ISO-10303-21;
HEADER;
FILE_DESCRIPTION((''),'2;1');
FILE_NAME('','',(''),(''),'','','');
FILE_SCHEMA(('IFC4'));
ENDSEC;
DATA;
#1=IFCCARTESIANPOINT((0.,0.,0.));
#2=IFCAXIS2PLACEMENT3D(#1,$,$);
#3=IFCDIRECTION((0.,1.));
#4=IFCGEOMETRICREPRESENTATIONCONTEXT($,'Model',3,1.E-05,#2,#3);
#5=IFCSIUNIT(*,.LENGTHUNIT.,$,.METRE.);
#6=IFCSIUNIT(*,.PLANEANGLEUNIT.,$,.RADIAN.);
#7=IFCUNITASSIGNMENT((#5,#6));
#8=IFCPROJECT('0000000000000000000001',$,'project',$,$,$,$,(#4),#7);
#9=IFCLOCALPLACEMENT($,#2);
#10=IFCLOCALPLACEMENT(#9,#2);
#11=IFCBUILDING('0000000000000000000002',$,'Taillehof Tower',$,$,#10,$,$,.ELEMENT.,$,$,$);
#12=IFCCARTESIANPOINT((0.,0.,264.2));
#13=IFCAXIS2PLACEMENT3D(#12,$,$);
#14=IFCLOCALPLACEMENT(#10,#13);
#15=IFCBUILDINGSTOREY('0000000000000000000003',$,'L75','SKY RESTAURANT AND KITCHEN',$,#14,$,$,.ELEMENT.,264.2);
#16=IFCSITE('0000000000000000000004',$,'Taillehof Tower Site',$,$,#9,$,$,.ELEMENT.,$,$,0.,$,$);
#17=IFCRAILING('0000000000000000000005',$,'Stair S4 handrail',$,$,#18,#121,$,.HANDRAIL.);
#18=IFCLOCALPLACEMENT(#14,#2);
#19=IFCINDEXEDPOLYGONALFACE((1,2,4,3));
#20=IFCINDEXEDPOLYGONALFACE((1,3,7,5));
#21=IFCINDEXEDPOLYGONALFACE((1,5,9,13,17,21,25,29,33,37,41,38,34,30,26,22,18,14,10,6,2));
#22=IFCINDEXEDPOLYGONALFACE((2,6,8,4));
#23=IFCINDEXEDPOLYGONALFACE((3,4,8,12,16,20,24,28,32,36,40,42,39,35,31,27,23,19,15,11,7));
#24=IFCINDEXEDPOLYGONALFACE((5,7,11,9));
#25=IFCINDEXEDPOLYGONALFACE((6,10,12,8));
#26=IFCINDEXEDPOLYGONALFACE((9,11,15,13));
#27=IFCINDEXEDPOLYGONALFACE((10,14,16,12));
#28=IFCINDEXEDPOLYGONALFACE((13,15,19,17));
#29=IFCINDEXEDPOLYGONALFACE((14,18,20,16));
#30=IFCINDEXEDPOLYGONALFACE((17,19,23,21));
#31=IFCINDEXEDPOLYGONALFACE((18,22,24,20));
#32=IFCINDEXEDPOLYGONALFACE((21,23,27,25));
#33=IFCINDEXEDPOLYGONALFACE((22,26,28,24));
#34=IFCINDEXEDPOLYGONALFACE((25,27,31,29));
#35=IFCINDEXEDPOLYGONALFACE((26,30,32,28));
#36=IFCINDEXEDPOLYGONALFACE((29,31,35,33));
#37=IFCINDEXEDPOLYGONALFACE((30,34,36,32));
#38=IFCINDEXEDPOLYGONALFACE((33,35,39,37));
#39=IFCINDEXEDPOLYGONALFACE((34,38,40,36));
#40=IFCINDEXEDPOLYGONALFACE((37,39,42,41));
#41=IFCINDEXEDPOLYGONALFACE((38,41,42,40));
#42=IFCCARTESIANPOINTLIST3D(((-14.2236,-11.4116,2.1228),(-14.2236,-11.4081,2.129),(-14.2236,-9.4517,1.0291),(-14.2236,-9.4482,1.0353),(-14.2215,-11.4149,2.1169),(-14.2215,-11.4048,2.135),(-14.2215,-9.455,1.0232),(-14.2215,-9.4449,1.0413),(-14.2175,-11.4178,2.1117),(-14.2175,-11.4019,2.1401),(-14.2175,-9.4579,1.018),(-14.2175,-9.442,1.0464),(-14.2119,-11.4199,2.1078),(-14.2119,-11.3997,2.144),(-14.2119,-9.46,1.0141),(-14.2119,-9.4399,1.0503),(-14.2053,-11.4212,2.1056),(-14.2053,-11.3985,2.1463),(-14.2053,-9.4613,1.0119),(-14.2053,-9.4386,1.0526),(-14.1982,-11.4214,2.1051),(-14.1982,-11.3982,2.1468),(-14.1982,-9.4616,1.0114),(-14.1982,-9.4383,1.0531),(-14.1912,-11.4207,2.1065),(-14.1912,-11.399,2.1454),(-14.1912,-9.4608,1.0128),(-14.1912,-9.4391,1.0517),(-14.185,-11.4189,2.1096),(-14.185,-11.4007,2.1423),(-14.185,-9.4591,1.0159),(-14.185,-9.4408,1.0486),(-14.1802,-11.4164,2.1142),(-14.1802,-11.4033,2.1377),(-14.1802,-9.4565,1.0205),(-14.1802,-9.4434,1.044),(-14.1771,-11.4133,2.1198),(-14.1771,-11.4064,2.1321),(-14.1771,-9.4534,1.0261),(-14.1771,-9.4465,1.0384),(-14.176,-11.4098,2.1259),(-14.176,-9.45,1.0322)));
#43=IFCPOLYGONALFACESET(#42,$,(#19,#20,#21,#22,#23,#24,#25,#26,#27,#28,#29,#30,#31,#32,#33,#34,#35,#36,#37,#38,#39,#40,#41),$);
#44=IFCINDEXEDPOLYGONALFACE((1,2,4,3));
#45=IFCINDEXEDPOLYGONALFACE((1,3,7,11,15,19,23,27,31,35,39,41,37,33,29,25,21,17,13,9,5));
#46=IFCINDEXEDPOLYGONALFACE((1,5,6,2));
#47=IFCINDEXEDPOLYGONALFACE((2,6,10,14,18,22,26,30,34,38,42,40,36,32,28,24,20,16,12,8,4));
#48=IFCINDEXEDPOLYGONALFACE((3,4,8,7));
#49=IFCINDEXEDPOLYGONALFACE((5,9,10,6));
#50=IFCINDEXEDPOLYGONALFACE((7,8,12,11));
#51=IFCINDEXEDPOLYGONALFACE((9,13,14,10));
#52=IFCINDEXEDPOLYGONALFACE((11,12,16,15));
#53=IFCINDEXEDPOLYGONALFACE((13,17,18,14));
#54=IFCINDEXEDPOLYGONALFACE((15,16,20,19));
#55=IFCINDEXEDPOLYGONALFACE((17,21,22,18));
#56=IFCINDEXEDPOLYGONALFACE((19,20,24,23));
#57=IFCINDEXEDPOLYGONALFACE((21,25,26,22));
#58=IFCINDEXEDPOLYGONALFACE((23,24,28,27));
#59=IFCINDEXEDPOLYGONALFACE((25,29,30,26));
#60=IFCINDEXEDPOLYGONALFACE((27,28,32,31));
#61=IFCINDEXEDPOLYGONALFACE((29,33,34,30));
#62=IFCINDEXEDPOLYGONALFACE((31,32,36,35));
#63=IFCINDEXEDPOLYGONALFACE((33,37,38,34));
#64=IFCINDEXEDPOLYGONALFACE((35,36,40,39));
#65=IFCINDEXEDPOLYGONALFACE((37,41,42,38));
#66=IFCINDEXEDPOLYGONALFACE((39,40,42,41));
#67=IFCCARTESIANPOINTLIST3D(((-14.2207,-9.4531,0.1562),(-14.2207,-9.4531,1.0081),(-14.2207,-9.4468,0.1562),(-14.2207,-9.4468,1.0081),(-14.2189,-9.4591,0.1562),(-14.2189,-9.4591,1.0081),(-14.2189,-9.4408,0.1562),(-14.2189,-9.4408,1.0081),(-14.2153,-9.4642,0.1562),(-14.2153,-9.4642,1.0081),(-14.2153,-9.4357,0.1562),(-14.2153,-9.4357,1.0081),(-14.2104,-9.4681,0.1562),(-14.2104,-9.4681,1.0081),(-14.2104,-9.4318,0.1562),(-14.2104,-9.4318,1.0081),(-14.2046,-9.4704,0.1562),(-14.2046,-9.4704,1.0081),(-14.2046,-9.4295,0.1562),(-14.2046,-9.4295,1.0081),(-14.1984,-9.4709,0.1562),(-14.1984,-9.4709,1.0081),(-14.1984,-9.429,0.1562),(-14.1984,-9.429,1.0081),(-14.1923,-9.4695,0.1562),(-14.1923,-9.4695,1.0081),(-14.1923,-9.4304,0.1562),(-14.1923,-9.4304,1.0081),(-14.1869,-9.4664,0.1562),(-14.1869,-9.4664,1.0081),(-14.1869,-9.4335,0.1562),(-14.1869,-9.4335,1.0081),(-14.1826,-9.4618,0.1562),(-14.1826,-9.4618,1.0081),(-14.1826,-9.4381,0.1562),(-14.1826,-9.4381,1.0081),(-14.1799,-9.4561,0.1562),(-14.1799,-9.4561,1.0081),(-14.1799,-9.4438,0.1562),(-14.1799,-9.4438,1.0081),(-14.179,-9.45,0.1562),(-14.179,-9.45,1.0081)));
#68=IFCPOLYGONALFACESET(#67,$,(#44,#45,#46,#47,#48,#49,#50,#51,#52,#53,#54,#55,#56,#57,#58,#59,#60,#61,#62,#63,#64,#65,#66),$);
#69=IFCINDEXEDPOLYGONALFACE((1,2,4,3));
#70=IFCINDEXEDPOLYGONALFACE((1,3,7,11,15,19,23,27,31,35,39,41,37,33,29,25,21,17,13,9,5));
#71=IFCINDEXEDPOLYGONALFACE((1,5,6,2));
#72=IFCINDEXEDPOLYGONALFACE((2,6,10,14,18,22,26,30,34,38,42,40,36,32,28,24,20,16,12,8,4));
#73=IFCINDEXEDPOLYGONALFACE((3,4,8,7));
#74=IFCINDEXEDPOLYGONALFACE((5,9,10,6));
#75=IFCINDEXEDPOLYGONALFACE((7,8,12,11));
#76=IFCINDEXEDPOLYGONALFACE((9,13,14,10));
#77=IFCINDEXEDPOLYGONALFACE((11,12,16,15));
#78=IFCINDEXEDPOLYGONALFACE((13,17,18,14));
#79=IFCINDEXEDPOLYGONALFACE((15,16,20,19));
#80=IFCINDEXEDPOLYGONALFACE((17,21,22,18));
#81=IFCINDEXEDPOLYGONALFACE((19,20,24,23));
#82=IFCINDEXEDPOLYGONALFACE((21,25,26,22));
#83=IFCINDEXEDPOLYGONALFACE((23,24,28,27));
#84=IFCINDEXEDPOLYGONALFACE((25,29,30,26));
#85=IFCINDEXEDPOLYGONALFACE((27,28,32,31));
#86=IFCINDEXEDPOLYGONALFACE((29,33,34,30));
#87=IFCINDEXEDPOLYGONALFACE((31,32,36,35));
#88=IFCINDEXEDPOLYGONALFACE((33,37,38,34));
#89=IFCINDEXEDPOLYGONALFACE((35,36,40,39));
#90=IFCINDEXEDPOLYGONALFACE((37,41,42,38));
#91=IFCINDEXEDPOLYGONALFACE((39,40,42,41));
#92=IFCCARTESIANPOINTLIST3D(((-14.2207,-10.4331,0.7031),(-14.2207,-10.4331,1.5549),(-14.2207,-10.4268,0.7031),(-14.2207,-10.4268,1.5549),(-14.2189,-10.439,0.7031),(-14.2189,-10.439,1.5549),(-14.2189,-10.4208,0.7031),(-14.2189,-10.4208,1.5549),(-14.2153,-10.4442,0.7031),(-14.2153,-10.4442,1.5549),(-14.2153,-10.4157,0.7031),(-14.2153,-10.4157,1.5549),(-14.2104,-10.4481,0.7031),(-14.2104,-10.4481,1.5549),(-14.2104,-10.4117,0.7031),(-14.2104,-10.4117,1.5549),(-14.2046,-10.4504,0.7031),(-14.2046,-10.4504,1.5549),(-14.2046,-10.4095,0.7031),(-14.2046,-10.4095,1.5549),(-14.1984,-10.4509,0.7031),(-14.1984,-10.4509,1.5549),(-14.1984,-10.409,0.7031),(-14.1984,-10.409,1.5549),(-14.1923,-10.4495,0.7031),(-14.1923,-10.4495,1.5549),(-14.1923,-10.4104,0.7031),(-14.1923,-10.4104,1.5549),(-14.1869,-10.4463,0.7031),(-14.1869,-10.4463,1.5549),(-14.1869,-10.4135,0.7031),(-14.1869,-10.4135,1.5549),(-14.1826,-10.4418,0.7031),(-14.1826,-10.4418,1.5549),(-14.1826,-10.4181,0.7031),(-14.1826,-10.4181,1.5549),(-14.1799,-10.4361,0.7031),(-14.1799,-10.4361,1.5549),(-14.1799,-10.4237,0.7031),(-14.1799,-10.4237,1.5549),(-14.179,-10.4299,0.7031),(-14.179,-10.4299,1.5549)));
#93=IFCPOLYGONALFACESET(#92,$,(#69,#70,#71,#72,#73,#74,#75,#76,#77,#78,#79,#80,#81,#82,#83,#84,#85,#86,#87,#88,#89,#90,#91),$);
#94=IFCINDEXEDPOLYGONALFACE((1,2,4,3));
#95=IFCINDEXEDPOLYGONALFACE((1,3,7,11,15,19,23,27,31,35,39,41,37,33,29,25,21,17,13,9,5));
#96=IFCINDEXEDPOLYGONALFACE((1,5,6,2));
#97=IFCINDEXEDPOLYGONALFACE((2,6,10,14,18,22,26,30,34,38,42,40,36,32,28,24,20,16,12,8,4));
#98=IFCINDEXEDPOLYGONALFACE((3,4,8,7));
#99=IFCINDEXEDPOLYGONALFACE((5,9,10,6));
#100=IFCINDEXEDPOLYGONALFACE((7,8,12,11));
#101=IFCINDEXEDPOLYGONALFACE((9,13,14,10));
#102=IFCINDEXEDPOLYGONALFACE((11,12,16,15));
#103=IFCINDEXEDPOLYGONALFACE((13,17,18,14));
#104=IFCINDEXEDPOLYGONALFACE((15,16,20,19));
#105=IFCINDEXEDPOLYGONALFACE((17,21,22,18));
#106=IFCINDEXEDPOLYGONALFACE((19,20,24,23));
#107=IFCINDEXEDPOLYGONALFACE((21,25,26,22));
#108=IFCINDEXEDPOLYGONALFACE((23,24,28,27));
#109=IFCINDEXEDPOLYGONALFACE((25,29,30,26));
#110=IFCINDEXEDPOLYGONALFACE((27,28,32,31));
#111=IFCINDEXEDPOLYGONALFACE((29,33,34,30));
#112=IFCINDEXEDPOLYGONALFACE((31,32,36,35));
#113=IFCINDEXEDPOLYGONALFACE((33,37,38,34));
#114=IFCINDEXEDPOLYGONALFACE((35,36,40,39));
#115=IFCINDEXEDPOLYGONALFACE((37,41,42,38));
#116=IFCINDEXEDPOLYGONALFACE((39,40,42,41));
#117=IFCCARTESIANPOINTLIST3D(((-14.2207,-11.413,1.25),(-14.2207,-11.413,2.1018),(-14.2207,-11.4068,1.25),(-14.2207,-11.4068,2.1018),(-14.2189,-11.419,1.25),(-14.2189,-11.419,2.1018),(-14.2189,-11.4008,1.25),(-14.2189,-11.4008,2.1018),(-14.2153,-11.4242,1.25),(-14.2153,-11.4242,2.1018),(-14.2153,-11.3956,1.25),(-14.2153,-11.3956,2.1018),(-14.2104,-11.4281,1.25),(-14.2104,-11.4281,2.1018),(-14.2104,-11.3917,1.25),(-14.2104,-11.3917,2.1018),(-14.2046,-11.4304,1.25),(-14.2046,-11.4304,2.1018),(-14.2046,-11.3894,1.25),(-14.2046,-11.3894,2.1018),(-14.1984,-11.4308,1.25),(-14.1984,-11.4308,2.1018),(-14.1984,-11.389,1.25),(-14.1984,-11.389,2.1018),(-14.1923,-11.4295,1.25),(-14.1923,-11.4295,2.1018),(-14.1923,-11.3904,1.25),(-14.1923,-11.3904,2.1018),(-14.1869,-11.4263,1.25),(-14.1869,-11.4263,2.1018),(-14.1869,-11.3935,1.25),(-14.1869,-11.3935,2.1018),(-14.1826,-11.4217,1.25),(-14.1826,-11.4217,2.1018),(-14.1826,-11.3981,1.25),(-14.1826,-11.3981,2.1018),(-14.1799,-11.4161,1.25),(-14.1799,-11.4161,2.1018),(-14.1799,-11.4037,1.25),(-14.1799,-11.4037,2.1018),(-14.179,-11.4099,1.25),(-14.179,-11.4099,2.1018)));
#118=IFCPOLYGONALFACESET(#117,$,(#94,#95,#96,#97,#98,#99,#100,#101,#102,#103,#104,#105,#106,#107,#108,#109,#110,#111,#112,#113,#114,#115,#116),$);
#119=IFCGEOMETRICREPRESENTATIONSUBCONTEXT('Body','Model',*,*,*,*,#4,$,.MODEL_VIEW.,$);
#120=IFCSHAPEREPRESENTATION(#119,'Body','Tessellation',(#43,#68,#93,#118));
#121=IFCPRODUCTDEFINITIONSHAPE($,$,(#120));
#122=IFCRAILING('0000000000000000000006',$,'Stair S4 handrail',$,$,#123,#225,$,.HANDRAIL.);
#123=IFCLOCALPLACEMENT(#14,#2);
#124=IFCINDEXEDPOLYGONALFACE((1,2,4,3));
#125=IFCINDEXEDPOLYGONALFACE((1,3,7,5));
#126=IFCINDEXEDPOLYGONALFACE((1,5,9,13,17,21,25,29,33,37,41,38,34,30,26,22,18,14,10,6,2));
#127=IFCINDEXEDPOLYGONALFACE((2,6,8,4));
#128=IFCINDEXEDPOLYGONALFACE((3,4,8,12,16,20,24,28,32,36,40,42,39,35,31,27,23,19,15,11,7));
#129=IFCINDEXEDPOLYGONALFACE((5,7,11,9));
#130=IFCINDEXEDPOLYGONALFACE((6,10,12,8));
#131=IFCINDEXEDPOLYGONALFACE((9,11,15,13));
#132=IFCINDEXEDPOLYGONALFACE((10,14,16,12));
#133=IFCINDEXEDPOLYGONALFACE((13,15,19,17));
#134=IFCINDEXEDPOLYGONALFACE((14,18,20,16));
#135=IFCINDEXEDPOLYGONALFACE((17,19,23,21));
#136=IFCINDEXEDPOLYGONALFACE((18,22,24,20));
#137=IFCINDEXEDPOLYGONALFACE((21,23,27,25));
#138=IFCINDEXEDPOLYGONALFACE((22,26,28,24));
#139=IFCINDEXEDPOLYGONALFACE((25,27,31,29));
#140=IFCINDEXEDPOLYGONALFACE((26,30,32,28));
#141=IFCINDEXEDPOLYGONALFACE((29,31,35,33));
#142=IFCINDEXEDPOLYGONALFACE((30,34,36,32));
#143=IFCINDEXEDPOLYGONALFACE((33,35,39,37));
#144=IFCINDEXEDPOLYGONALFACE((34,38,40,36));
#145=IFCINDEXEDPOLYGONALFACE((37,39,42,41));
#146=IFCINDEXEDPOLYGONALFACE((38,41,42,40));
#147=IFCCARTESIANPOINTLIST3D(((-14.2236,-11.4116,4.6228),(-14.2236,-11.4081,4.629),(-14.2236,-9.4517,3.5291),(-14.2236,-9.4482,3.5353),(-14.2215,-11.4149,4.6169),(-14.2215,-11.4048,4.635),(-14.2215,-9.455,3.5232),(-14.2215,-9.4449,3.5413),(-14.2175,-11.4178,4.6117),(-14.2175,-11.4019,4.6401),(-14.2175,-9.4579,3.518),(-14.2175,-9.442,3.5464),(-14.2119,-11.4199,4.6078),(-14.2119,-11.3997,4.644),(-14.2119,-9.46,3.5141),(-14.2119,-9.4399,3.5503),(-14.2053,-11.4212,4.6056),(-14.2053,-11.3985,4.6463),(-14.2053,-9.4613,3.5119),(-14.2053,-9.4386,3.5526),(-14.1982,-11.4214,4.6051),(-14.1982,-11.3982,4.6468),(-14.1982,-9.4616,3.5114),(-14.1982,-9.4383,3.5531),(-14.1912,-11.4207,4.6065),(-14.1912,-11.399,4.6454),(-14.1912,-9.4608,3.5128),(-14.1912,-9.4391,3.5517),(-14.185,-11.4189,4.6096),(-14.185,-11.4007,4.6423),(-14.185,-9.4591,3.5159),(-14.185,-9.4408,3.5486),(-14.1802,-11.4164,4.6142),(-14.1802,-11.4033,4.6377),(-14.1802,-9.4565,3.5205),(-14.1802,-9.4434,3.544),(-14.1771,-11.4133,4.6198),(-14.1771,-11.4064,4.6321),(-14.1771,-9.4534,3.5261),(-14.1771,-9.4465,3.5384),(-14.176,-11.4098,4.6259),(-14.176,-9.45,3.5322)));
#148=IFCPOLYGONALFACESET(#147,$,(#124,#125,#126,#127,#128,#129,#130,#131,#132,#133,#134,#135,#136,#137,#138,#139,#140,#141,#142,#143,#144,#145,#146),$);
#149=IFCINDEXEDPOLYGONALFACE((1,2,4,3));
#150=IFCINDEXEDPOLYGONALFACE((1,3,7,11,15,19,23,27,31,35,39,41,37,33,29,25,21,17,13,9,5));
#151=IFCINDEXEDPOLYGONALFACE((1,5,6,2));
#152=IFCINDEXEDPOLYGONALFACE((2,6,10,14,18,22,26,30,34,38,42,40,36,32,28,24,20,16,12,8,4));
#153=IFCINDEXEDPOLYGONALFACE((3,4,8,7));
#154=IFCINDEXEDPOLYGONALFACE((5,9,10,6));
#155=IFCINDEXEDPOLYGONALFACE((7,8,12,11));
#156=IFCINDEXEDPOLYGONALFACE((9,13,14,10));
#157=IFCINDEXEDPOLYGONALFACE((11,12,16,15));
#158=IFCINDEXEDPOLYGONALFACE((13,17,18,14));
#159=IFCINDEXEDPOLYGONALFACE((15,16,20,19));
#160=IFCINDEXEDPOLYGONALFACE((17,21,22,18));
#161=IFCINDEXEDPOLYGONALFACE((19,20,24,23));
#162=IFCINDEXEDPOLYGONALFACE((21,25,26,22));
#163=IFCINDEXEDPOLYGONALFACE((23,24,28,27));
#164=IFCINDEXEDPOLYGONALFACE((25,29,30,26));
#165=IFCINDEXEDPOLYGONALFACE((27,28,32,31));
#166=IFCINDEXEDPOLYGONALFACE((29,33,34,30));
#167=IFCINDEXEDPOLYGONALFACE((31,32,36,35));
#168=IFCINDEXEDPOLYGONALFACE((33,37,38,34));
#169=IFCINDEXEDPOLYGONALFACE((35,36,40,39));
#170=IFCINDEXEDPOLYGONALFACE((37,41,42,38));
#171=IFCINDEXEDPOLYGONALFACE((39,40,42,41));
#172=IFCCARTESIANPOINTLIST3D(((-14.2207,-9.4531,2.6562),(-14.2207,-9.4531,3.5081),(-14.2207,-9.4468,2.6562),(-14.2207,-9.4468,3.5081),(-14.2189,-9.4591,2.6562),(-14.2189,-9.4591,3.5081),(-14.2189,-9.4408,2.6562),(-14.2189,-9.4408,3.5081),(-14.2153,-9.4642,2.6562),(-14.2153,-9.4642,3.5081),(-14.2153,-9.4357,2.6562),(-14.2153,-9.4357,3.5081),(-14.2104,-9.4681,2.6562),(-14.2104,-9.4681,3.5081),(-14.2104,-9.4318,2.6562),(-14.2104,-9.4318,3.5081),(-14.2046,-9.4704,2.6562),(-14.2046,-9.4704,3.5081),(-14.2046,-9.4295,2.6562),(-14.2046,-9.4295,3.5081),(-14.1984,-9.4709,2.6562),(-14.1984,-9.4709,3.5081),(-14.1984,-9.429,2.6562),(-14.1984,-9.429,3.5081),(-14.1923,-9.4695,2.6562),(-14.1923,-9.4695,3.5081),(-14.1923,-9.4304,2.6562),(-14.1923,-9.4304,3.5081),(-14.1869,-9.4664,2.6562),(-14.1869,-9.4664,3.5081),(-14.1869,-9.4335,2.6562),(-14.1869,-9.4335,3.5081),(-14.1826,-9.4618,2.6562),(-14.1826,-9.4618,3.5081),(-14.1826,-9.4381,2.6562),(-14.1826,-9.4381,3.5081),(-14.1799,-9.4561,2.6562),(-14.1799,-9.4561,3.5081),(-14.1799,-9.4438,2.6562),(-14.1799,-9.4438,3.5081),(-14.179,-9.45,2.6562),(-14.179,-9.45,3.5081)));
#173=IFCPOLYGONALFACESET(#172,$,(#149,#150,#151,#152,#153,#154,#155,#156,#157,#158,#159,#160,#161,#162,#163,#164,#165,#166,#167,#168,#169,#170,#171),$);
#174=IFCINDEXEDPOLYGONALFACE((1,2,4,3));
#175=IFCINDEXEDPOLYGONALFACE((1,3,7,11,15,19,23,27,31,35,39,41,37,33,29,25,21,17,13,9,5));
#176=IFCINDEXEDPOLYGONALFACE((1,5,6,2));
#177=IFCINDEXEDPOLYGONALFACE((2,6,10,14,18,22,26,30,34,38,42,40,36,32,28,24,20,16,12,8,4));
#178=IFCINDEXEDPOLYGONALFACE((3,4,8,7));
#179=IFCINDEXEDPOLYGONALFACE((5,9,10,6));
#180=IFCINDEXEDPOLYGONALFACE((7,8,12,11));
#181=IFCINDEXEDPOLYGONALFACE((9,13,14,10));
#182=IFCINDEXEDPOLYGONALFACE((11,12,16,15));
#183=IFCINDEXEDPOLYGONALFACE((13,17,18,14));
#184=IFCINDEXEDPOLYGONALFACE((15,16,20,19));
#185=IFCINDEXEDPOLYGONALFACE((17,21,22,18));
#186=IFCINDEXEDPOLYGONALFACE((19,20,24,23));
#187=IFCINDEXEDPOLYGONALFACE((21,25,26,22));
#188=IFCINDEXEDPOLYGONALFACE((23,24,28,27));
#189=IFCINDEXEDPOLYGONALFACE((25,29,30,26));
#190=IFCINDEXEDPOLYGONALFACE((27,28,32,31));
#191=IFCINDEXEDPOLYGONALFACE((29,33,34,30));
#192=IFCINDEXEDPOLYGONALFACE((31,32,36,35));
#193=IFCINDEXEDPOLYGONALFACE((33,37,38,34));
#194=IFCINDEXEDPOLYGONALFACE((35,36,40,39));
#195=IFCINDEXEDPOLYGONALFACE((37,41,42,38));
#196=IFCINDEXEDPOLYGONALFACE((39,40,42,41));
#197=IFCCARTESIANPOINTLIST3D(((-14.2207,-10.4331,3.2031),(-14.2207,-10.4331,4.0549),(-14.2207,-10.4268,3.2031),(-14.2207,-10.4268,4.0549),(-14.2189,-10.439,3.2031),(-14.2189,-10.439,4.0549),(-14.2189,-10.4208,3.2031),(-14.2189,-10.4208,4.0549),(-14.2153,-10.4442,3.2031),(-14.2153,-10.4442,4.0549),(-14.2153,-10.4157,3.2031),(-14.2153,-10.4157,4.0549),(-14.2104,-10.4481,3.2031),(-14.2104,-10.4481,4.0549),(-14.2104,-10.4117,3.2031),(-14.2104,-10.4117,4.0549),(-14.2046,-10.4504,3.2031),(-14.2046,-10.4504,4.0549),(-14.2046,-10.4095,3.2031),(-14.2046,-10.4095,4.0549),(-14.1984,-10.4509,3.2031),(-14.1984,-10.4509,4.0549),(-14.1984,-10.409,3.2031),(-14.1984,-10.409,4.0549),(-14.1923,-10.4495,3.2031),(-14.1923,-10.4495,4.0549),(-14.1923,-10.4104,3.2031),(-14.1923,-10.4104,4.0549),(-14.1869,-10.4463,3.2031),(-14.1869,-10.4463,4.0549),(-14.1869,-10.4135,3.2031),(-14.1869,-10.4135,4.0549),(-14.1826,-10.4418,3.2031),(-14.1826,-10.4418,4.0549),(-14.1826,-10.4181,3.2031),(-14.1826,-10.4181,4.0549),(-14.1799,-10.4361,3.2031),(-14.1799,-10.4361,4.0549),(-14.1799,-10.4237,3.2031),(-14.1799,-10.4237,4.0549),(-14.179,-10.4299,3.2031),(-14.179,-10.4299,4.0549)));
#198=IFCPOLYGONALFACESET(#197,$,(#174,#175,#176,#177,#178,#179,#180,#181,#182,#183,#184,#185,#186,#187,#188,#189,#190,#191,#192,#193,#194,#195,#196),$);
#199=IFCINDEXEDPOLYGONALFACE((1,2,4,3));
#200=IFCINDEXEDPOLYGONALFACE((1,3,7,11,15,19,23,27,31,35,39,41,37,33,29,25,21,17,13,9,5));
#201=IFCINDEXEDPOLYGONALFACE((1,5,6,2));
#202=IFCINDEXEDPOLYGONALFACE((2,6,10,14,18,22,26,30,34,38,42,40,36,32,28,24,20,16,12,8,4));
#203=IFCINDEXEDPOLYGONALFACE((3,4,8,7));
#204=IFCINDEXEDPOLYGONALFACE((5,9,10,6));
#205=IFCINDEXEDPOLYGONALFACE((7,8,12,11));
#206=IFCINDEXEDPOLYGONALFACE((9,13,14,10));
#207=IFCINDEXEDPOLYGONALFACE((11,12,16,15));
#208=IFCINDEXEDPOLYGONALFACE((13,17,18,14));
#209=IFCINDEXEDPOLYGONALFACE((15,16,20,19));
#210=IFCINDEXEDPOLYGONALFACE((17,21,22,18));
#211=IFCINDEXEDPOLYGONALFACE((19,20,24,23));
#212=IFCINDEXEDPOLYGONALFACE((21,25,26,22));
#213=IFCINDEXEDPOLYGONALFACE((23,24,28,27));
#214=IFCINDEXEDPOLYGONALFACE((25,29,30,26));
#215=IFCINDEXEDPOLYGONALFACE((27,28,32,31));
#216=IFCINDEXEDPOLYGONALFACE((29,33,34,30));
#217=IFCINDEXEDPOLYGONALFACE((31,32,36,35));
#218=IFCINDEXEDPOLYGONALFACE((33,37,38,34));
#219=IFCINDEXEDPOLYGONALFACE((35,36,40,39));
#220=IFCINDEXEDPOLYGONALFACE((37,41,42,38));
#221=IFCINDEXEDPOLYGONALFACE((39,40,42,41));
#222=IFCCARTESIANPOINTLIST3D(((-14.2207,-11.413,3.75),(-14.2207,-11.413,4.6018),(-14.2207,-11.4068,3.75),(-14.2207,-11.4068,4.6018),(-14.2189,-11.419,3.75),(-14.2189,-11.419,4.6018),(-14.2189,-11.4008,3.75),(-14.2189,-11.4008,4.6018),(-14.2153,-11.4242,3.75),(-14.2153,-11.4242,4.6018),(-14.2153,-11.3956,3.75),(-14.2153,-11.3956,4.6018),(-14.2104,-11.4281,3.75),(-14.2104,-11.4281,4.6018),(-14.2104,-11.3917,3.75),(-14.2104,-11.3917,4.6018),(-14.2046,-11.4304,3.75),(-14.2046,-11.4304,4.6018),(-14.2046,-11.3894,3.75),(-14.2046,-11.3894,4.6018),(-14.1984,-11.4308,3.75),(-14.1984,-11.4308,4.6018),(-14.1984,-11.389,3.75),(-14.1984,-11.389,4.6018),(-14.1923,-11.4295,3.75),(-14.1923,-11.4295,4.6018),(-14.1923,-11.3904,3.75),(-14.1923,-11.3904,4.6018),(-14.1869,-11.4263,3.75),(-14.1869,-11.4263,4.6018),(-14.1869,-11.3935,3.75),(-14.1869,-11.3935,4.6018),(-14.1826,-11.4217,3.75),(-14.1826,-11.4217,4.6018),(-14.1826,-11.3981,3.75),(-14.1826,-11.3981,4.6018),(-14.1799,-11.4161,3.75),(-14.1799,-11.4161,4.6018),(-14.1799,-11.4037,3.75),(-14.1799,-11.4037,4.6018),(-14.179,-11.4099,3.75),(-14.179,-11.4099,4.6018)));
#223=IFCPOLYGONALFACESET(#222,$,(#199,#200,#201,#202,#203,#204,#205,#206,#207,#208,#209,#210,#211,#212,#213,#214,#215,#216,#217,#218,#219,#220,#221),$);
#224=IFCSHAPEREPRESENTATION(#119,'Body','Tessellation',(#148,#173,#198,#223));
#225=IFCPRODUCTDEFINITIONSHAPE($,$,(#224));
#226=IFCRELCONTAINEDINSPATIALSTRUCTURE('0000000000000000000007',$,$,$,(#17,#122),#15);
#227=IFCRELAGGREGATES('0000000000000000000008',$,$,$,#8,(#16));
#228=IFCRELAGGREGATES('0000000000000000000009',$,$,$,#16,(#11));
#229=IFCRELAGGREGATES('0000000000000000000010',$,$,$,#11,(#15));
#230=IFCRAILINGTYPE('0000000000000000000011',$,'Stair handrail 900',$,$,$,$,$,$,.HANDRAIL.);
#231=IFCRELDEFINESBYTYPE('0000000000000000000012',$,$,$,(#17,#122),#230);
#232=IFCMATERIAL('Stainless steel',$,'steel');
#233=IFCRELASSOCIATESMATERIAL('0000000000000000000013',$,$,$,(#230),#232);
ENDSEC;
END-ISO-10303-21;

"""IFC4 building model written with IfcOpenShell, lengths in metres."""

from ifc_helpers import new_model, si_unit, direction, frame, origin, origin_2d, place, context, subcontext, project, spatial, circle, extrude, material, type_object, element, save


model = new_model("IFC4")

# Units and contexts
model_context = context("Model", 3, precision=1e-05, world=origin(), true_north=direction((0.0, 1.0)))
body_context = subcontext(model_context, "Body", "Model", "MODEL_VIEW")
ifc_project = project(units=[si_unit("LENGTHUNIT", "METRE"), si_unit("PLANEANGLEUNIT", "RADIAN")], contexts=[model_context])

# Site, building, storey
site_placement = place(None, origin())
site = spatial("IfcSite", under=ifc_project, at=site_placement, Name="Taillehof Tower Site", CompositionType="ELEMENT", RefElevation=0.0)
building_placement = place(site_placement, origin())
building = spatial("IfcBuilding", under=site, at=building_placement, Name="Taillehof Tower", CompositionType="ELEMENT")
storey_placement = place(building_placement, frame((0.0, 0.0, 264.2)))
storey = spatial("IfcBuildingStorey", under=building, at=storey_placement, Name="L75", Description="SKY RESTAURANT AND KITCHEN", CompositionType="ELEMENT", Elevation=264.2)

# Railings
ifc_material_1 = material(Name="Stainless steel", Category="steel")
railing_type_1 = type_object("IfcRailingType", Name="Stair handrail 900", PredefinedType="HANDRAIL", material=ifc_material_1)
for number, where, name in (
    (1, (-14.2, -9.45, 0.1562), "Stair S4 handrail"),
    (2, (-14.2, -9.45, 2.6562), "Stair S4 handrail"),
):
    element("IfcRailing", number, at=place(storey_placement, frame(where)), inside=storey, type_object=railing_type_1, Name=name, PredefinedType="HANDRAIL", context=body_context, shape_type="SweptSolid", body=[
        extrude(circle(Radius=0.0239, at=origin_2d()), frame((0.0, 0.0, 0.876), z_axis=(0.0, -0.873232, 0.487304), x_axis=(1.0, 0.0, 0.0)), (0.0, 0.0, 1.0), 2.2444),
        extrude(circle(Radius=0.021, at=origin_2d()), origin(), (0.0, 0.0, 1.0), 0.8518),
        extrude(circle(Radius=0.021, at=origin_2d()), frame((0.0, -0.98, 0.5469)), (0.0, 0.0, 1.0), 0.8518),
        extrude(circle(Radius=0.021, at=origin_2d()), frame((0.0, -1.96, 1.0938)), (0.0, 0.0, 1.0), 0.8518),
    ])

save(model, "model.ifc")
